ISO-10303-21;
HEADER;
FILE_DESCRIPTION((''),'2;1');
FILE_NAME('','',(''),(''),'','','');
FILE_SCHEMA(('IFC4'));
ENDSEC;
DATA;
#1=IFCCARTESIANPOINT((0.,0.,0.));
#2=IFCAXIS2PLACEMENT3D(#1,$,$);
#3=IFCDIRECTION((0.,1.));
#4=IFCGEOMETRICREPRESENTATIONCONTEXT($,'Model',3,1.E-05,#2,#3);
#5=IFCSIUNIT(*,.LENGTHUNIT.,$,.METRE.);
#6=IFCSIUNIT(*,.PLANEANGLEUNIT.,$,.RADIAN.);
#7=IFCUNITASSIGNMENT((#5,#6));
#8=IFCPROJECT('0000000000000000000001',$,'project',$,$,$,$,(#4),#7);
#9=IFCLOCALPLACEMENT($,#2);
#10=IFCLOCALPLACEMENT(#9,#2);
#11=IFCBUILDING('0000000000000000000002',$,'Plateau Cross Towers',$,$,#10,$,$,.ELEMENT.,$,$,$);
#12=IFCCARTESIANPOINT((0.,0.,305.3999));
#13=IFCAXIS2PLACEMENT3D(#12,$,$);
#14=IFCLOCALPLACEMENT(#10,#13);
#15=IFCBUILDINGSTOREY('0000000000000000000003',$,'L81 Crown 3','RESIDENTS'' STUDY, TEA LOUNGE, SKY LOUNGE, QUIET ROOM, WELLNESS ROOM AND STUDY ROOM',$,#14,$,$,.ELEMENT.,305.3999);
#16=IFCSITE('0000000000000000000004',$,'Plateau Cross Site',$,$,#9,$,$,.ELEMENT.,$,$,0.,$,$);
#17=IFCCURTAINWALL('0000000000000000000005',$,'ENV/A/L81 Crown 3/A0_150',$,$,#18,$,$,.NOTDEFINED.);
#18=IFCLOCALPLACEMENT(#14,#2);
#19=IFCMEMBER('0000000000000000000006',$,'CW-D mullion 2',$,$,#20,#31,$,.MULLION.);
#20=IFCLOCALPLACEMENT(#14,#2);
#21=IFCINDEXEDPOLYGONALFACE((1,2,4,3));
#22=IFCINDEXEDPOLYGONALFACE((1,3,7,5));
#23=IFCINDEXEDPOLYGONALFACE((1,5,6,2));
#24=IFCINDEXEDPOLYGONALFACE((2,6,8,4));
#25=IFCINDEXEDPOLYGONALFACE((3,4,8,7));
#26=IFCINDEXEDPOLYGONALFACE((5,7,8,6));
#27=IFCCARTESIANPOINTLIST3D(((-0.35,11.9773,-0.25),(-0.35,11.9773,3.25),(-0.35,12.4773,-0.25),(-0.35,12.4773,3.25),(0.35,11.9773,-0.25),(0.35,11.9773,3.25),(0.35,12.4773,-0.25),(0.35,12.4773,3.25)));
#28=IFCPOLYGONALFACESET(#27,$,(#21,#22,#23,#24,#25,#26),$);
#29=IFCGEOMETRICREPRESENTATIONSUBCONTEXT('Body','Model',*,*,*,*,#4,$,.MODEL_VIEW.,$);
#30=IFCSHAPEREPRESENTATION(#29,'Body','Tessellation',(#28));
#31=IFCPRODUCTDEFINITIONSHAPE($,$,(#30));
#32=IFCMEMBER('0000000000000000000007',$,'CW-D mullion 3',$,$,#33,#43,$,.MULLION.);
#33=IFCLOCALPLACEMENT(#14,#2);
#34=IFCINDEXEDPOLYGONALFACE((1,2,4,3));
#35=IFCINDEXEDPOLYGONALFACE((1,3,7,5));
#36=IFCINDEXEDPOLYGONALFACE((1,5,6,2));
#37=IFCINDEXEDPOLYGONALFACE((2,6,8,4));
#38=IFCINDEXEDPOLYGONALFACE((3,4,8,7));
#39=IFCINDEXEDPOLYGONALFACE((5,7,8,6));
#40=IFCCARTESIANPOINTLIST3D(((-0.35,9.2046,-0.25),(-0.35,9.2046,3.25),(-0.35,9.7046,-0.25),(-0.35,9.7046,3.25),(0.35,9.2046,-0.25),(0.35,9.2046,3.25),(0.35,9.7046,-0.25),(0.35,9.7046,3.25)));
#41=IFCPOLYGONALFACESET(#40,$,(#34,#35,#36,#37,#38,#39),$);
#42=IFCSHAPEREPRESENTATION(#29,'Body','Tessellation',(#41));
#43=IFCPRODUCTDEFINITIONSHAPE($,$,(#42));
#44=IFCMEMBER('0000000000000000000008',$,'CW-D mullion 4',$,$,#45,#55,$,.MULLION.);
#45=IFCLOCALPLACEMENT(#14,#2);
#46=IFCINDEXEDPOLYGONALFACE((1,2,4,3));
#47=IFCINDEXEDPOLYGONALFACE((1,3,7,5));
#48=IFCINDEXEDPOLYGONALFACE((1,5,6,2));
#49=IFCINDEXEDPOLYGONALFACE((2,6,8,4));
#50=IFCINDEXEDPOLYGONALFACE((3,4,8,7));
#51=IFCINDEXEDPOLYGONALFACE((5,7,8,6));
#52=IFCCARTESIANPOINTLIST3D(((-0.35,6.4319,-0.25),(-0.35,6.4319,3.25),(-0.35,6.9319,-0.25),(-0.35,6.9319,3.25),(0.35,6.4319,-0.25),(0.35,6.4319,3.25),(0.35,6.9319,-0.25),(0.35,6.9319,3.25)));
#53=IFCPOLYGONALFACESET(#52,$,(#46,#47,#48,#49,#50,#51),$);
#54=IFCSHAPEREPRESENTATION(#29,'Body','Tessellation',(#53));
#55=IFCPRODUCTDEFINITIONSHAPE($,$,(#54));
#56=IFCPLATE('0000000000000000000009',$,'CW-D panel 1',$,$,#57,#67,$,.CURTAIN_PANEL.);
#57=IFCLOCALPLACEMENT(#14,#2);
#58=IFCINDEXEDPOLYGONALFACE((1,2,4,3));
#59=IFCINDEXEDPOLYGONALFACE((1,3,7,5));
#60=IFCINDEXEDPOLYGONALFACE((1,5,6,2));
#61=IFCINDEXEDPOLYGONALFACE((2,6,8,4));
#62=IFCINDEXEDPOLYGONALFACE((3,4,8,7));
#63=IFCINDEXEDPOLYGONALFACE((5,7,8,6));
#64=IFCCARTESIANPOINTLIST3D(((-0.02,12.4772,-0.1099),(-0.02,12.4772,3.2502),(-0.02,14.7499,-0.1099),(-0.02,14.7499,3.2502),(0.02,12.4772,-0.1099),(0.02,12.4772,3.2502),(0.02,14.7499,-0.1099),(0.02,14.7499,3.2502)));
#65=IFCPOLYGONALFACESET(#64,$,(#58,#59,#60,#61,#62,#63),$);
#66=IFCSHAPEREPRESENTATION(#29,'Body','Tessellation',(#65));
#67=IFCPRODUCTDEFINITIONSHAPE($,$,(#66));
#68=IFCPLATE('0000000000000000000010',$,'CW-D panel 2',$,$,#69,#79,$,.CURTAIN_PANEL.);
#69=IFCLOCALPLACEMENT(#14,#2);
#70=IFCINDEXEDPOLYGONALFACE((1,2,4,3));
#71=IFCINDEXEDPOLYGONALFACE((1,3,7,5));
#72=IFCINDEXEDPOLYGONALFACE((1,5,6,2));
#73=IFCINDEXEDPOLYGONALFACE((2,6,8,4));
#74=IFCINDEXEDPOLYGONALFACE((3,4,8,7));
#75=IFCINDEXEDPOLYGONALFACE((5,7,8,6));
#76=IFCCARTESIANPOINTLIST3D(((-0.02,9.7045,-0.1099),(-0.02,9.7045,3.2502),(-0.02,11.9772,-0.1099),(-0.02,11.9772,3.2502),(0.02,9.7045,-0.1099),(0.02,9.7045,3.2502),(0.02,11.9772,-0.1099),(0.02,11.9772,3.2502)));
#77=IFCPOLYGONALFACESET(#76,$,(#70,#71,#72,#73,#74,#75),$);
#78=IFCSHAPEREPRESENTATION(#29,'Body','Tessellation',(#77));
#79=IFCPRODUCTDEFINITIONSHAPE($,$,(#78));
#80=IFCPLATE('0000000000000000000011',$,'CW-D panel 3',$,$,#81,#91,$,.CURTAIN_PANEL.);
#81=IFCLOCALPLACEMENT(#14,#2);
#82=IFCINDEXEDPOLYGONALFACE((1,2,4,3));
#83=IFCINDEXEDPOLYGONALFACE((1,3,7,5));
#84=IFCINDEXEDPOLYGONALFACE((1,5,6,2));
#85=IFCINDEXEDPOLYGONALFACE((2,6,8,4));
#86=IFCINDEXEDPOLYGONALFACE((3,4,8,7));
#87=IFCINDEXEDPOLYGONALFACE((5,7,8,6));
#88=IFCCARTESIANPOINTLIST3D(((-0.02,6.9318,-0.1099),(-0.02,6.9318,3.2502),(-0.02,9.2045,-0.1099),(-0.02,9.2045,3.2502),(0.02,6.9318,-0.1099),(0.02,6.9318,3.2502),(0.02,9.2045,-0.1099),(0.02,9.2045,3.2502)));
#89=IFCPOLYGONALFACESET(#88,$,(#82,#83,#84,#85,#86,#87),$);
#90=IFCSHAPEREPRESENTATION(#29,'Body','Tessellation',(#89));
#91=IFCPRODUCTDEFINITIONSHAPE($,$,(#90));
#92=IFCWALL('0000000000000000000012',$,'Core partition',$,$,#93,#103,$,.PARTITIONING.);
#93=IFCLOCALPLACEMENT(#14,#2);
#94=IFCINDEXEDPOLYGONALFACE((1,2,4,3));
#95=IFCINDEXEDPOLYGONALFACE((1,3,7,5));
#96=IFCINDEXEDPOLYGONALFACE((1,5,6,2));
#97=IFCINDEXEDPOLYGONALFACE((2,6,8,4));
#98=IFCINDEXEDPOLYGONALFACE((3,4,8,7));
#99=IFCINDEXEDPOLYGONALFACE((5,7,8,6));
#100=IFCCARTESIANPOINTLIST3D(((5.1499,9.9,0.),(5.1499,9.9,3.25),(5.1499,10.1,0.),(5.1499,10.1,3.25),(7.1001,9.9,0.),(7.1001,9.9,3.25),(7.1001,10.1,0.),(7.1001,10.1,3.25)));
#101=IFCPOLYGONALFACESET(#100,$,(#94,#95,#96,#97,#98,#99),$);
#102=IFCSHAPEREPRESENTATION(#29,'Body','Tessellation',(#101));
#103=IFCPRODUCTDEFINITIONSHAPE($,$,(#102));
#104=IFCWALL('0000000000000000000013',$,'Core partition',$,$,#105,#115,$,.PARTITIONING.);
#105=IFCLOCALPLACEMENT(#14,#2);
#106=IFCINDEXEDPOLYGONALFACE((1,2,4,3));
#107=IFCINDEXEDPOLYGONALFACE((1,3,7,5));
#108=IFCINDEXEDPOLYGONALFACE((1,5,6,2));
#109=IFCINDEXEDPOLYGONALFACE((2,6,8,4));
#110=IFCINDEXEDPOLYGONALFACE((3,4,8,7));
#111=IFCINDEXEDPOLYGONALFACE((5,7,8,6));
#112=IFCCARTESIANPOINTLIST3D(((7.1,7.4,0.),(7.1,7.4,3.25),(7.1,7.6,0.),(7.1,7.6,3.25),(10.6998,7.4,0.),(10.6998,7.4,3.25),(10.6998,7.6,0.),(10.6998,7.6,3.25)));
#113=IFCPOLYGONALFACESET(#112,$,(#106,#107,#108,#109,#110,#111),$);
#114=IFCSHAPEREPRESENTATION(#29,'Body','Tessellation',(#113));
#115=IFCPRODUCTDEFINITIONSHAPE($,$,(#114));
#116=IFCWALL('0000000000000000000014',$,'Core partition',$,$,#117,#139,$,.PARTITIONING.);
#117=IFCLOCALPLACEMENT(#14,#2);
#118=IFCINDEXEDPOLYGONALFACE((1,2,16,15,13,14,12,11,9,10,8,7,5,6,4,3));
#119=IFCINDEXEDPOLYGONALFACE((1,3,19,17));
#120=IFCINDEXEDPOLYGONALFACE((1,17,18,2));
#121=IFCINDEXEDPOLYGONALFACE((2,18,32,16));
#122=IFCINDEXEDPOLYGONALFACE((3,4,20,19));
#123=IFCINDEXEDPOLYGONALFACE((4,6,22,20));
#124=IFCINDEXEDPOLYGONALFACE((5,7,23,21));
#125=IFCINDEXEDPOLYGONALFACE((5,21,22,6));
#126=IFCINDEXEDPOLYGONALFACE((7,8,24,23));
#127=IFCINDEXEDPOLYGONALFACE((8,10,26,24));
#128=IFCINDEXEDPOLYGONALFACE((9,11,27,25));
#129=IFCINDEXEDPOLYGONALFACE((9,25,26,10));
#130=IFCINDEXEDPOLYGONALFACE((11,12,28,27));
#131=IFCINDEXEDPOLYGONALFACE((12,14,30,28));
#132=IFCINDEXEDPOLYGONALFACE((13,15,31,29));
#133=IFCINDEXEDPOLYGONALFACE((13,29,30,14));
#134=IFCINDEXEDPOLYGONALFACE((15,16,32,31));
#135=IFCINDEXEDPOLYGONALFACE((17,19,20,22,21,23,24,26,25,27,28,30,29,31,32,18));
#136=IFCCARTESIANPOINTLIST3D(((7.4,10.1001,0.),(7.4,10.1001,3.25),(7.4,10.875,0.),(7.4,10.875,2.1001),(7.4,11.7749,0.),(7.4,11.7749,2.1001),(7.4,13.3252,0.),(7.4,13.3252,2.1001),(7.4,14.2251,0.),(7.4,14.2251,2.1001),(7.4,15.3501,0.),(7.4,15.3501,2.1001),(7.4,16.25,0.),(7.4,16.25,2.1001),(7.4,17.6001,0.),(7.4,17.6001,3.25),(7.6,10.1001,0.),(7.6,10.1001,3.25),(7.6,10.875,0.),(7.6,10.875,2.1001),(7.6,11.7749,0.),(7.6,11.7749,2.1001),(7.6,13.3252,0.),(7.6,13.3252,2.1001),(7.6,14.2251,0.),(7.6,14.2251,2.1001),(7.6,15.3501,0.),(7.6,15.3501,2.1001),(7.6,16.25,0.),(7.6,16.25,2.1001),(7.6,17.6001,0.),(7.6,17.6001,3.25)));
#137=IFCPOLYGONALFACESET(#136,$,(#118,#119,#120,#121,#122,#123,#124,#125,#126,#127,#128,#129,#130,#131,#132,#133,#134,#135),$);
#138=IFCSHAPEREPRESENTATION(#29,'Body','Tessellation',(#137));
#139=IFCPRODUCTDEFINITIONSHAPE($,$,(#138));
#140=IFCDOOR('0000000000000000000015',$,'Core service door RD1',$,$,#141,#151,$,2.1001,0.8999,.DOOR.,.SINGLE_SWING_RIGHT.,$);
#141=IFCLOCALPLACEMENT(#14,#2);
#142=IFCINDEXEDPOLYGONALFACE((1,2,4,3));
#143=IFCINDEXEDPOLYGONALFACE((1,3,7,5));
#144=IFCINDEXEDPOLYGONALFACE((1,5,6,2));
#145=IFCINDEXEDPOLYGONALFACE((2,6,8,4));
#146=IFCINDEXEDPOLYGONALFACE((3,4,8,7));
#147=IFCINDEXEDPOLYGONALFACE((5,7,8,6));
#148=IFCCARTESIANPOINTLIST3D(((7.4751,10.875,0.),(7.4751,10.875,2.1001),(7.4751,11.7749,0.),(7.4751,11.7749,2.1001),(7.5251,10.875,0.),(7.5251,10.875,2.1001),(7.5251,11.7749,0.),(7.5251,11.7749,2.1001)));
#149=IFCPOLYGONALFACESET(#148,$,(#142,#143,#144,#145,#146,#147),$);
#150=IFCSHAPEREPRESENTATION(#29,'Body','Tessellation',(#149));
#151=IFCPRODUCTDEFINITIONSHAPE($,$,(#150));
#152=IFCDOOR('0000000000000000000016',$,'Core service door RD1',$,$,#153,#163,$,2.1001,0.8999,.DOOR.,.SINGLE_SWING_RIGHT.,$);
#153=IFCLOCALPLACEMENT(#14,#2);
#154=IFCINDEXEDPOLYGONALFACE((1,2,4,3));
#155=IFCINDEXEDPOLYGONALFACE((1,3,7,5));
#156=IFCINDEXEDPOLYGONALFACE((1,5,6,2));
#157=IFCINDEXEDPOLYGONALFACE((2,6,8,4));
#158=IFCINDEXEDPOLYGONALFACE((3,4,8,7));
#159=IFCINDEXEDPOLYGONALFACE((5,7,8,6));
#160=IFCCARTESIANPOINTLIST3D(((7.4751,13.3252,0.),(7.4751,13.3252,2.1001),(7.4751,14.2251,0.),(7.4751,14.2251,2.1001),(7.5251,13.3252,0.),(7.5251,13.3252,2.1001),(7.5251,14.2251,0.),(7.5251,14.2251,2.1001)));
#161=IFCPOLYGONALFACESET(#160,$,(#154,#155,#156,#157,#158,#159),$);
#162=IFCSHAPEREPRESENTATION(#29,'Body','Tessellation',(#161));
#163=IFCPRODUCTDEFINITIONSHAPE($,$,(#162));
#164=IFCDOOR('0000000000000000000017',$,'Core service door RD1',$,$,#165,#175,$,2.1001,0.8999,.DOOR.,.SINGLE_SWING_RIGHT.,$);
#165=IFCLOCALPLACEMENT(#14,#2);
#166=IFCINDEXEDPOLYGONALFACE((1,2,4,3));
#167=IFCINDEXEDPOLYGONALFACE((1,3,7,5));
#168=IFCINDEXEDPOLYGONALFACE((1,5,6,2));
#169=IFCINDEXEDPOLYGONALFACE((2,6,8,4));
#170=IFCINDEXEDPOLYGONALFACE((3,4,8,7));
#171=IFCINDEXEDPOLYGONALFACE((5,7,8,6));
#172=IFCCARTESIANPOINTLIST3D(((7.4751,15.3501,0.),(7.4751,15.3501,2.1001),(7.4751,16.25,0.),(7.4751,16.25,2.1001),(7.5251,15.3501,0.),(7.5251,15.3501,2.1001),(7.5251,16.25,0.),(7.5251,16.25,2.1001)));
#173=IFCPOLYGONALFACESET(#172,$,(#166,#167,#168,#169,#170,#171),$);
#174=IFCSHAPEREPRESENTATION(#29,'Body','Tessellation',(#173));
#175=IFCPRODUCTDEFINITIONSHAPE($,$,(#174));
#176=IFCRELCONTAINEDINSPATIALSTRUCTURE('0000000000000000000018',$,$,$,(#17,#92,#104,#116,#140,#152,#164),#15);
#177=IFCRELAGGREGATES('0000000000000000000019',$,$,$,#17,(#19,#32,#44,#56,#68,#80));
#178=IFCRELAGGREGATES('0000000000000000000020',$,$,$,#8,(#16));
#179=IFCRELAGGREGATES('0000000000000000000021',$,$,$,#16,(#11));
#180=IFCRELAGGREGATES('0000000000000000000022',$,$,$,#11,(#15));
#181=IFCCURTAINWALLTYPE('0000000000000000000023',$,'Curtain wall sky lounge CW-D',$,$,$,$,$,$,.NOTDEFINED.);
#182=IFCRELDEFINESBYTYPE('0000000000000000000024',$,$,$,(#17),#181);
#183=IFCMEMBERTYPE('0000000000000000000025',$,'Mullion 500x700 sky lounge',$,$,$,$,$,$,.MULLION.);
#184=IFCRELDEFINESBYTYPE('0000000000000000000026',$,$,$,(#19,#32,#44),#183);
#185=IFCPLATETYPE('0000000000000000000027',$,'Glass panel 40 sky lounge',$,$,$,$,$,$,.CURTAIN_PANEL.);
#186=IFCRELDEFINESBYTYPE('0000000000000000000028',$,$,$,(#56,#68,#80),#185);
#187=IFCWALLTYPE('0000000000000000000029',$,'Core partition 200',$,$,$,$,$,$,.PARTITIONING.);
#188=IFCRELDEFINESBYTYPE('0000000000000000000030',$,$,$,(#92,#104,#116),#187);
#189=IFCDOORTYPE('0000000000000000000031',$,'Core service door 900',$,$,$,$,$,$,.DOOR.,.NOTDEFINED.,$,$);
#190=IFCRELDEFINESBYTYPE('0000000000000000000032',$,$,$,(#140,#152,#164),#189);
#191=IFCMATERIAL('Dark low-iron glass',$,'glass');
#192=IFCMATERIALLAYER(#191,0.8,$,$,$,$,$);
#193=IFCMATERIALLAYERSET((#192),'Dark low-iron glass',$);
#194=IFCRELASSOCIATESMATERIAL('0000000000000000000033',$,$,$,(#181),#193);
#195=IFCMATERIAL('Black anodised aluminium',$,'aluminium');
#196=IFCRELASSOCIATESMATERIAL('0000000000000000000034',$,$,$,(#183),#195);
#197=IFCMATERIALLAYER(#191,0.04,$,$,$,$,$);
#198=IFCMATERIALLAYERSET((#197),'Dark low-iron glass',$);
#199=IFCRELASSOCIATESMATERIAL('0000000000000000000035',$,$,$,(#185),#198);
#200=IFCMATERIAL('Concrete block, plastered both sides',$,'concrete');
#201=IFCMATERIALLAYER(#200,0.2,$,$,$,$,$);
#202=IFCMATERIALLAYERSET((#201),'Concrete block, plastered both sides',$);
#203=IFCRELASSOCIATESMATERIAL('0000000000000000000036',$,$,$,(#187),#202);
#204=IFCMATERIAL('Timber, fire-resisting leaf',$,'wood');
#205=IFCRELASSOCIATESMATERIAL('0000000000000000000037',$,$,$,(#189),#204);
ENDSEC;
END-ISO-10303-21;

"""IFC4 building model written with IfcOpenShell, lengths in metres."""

from ifc_helpers import new_model, si_unit, direction, frame, frame_2d, origin, origin_2d, place, context, subcontext, project, spatial, rectangle, extrude, material, layer, layer_set, material_profile, profile_set, type_object, element, fill, aggregate, save


model = new_model("IFC4")

# Units and contexts
model_context = context("Model", 3, precision=1e-05, world=origin(), true_north=direction((0.0, 1.0)))
body_context = subcontext(model_context, "Body", "Model", "MODEL_VIEW")
ifc_project = project(units=[si_unit("LENGTHUNIT", "METRE"), si_unit("PLANEANGLEUNIT", "RADIAN")], contexts=[model_context])

# Site, building, storey
site_placement = place(None, origin())
site = spatial("IfcSite", under=ifc_project, at=site_placement, Name="Plateau Cross Site", CompositionType="ELEMENT", RefElevation=0.0)
building_placement = place(site_placement, origin())
building = spatial("IfcBuilding", under=site, at=building_placement, Name="Plateau Cross Towers", CompositionType="ELEMENT")
storey_placement = place(building_placement, frame((0.0, 0.0, 305.3999)))
storey = spatial("IfcBuildingStorey", under=building, at=storey_placement, Name="L81 Crown 3", Description="RESIDENTS' STUDY, TEA LOUNGE, SKY LOUNGE, QUIET ROOM, WELLNESS ROOM AND STUDY ROOM", CompositionType="ELEMENT", Elevation=305.3999)

# Curtain wall, members, plates
ifc_material_1 = material(Name="Dark low-iron glass", Category="glass")
ifc_layer_1 = layer(ifc_material_1, 0.8)
ifc_layer_set_1 = layer_set([ifc_layer_1], Name="Dark low-iron glass")
curtain_wall_type = type_object("IfcCurtainWallType", Name="Curtain wall sky lounge CW-D", PredefinedType="NOTDEFINED", material=ifc_layer_set_1)
curtain_wall_placement = place(storey_placement, origin())
curtain_wall = element("IfcCurtainWall", 1, at=curtain_wall_placement, inside=storey, type_object=curtain_wall_type, Name="ENV/A/L81 Crown 3/A0_150", PredefinedType="NOTDEFINED")
ifc_material_2 = material(Name="Black anodised aluminium", Category="aluminium")
ifc_material_profile = material_profile(ifc_material_2, rectangle(XDim=0.5, YDim=0.7, at=origin_2d()), Name="MULLION 500x700")
ifc_profile_set = profile_set([ifc_material_profile], Name="Black anodised aluminium")
member_type = type_object("IfcMemberType", Name="Mullion 500x700 sky lounge", PredefinedType="MULLION", material=ifc_profile_set)
member_1_placement = place(storey_placement, frame((0.0, 12.2273, -0.25), z_axis=(0.0, 0.0, 1.0), x_axis=(0.0, -1.0, 0.0)))
member_1 = element("IfcMember", 2, at=member_1_placement, type_object=member_type, Name="CW-D mullion 2", PredefinedType="MULLION", context=body_context, shape_type="SweptSolid", body=[
    extrude(rectangle(XDim=0.5, YDim=0.7, at=origin_2d()), origin(), (0.0, 0.0, 1.0), 3.5),
])
member_2_placement = place(storey_placement, frame((0.0, 9.4546, -0.25), z_axis=(0.0, 0.0, 1.0), x_axis=(0.0, -1.0, 0.0)))
member_2 = element("IfcMember", 3, at=member_2_placement, type_object=member_type, Name="CW-D mullion 3", PredefinedType="MULLION", context=body_context, shape_type="SweptSolid", body=[
    extrude(rectangle(XDim=0.5, YDim=0.7, at=origin_2d()), origin(), (0.0, 0.0, 1.0), 3.5),
])
member_3_placement = place(storey_placement, frame((0.0, 6.6819, -0.25), z_axis=(0.0, 0.0, 1.0), x_axis=(0.0, -1.0, 0.0)))
member_3 = element("IfcMember", 4, at=member_3_placement, type_object=member_type, Name="CW-D mullion 4", PredefinedType="MULLION", context=body_context, shape_type="SweptSolid", body=[
    extrude(rectangle(XDim=0.5, YDim=0.7, at=origin_2d()), origin(), (0.0, 0.0, 1.0), 3.5),
])
ifc_layer_2 = layer(ifc_material_1, 0.04)
ifc_layer_set_2 = layer_set([ifc_layer_2], Name="Dark low-iron glass")
plate_type = type_object("IfcPlateType", Name="Glass panel 40 sky lounge", PredefinedType="CURTAIN_PANEL", material=ifc_layer_set_2)
plate_1_placement = place(storey_placement, frame((0.0, 13.6135, -0.1099), z_axis=(0.0, 0.0, 1.0), x_axis=(0.0, -1.0, 0.0)))
plate_1 = element("IfcPlate", 5, at=plate_1_placement, type_object=plate_type, Name="CW-D panel 1", PredefinedType="CURTAIN_PANEL", context=body_context, shape_type="SweptSolid", body=[
    extrude(rectangle(XDim=2.2727, YDim=0.04, at=origin_2d()), origin(), (0.0, 0.0, 1.0), 3.3601),
])
plate_2_placement = place(storey_placement, frame((0.0, 10.8408, -0.1099), z_axis=(0.0, 0.0, 1.0), x_axis=(0.0, -1.0, 0.0)))
plate_2 = element("IfcPlate", 6, at=plate_2_placement, type_object=plate_type, Name="CW-D panel 2", PredefinedType="CURTAIN_PANEL", context=body_context, shape_type="SweptSolid", body=[
    extrude(rectangle(XDim=2.2727, YDim=0.04, at=origin_2d()), origin(), (0.0, 0.0, 1.0), 3.3601),
])
plate_3_placement = place(storey_placement, frame((0.0, 8.0681, -0.1099), z_axis=(0.0, 0.0, 1.0), x_axis=(0.0, -1.0, 0.0)))
plate_3 = element("IfcPlate", 7, at=plate_3_placement, type_object=plate_type, Name="CW-D panel 3", PredefinedType="CURTAIN_PANEL", context=body_context, shape_type="SweptSolid", body=[
    extrude(rectangle(XDim=2.2727, YDim=0.04, at=origin_2d()), origin(), (0.0, 0.0, 1.0), 3.3601),
])
aggregate(curtain_wall, [member_1, member_2, member_3, plate_1, plate_2, plate_3])

# Walls
ifc_material_3 = material(Name="Concrete block, plastered both sides", Category="concrete")
ifc_layer_3 = layer(ifc_material_3, 0.2)
ifc_layer_set_3 = layer_set([ifc_layer_3], Name="Concrete block, plastered both sides")
wall_type_1 = type_object("IfcWallType", Name="Core partition 200", PredefinedType="PARTITIONING", material=ifc_layer_set_3)
wall_1_placement = place(storey_placement, frame((5.1499, 10.0, 0.0), z_axis=(0.0, 0.0, 1.0), x_axis=(1.0, 0.0, 0.0)))
element("IfcWall", 8, at=wall_1_placement, inside=storey, type_object=wall_type_1, Name="Core partition", PredefinedType="PARTITIONING", context=body_context, shape_type="SweptSolid", body=[
    extrude(rectangle(XDim=1.9502, YDim=0.2, at=frame_2d((0.9751, 0.0))), origin(), (0.0, 0.0, 1.0), 3.25),
])
wall_2_placement = place(storey_placement, frame((7.1001, 7.5, 0.0), z_axis=(0.0, 0.0, 1.0), x_axis=(1.0, 0.0, 0.0)))
element("IfcWall", 9, at=wall_2_placement, inside=storey, type_object=wall_type_1, Name="Core partition", PredefinedType="PARTITIONING", context=body_context, shape_type="SweptSolid", body=[
    extrude(rectangle(XDim=3.5999, YDim=0.2, at=frame_2d((1.7998, 0.0))), origin(), (0.0, 0.0, 1.0), 3.25),
])

# Wall, openings, doors
wall_3_placement = place(storey_placement, frame((7.5, 10.1001, 0.0), z_axis=(0.0, 0.0, 1.0), x_axis=(0.0, 1.0, 0.0)))
wall_3 = element("IfcWall", 10, at=wall_3_placement, inside=storey, type_object=wall_type_1, Name="Core partition", PredefinedType="PARTITIONING", context=body_context, shape_type="SweptSolid", body=[
    extrude(rectangle(XDim=7.5, YDim=0.2, at=frame_2d((3.75, 0.0))), origin(), (0.0, 0.0, 1.0), 3.25),
])
opening_1_placement = place(wall_3_placement, frame((0.7749, 0.0, 0.0)))
opening_1 = element("IfcOpeningElement", 11, at=opening_1_placement, cuts=wall_3, PredefinedType="OPENING", context=body_context, shape_type="SweptSolid", body=[
    extrude(rectangle(XDim=0.8999, YDim=2.1001, at=frame_2d((0.45, 1.05))), frame((0.0, 0.1099, 0.0), z_axis=(0.0, -1.0, 0.0), x_axis=(1.0, 0.0, 0.0)), (0.0, 0.0, 1.0), 0.22),
])
opening_2_placement = place(wall_3_placement, frame((3.2251, 0.0, 0.0)))
opening_2 = element("IfcOpeningElement", 12, at=opening_2_placement, cuts=wall_3, PredefinedType="OPENING", context=body_context, shape_type="SweptSolid", body=[
    extrude(rectangle(XDim=0.8999, YDim=2.1001, at=frame_2d((0.45, 1.05))), frame((0.0, 0.1099, 0.0), z_axis=(0.0, -1.0, 0.0), x_axis=(1.0, 0.0, 0.0)), (0.0, 0.0, 1.0), 0.22),
])
opening_3_placement = place(wall_3_placement, frame((5.25, 0.0, 0.0)))
opening_3 = element("IfcOpeningElement", 13, at=opening_3_placement, cuts=wall_3, PredefinedType="OPENING", context=body_context, shape_type="SweptSolid", body=[
    extrude(rectangle(XDim=0.8999, YDim=2.1001, at=frame_2d((0.45, 1.05))), frame((0.0, 0.1099, 0.0), z_axis=(0.0, -1.0, 0.0), x_axis=(1.0, 0.0, 0.0)), (0.0, 0.0, 1.0), 0.22),
])
ifc_material_4 = material(Name="Timber, fire-resisting leaf", Category="wood")
door_type_1 = type_object("IfcDoorType", Name="Core service door 900", OperationType="NOTDEFINED", PredefinedType="DOOR", material=ifc_material_4)
door_1_placement = place(opening_1_placement, origin())
door_1 = element("IfcDoor", 14, at=door_1_placement, inside=storey, type_object=door_type_1, Name="Core service door RD1", OperationType="SINGLE_SWING_RIGHT", OverallHeight=2.1001, OverallWidth=0.8999, PredefinedType="DOOR", context=body_context, shape_type="SweptSolid", body=[
    extrude(rectangle(XDim=0.8999, YDim=2.1001, at=frame_2d((0.45, 1.05))), frame((0.0, 0.0249, 0.0), z_axis=(0.0, -1.0, 0.0), x_axis=(1.0, 0.0, 0.0)), (0.0, 0.0, 1.0), 0.05),
])
fill(opening_1, door_1)
door_2_placement = place(opening_2_placement, origin())
door_2 = element("IfcDoor", 15, at=door_2_placement, inside=storey, type_object=door_type_1, Name="Core service door RD1", OperationType="SINGLE_SWING_RIGHT", OverallHeight=2.1001, OverallWidth=0.8999, PredefinedType="DOOR", context=body_context, shape_type="SweptSolid", body=[
    extrude(rectangle(XDim=0.8999, YDim=2.1001, at=frame_2d((0.45, 1.05))), frame((0.0, 0.0249, 0.0), z_axis=(0.0, -1.0, 0.0), x_axis=(1.0, 0.0, 0.0)), (0.0, 0.0, 1.0), 0.05),
])
fill(opening_2, door_2)
door_3_placement = place(opening_3_placement, origin())
door_3 = element("IfcDoor", 16, at=door_3_placement, inside=storey, type_object=door_type_1, Name="Core service door RD1", OperationType="SINGLE_SWING_RIGHT", OverallHeight=2.1001, OverallWidth=0.8999, PredefinedType="DOOR", context=body_context, shape_type="SweptSolid", body=[
    extrude(rectangle(XDim=0.8999, YDim=2.1001, at=frame_2d((0.45, 1.05))), frame((0.0, 0.0249, 0.0), z_axis=(0.0, -1.0, 0.0), x_axis=(1.0, 0.0, 0.0)), (0.0, 0.0, 1.0), 0.05),
])
fill(opening_3, door_3)

save(model, "model.ifc")
